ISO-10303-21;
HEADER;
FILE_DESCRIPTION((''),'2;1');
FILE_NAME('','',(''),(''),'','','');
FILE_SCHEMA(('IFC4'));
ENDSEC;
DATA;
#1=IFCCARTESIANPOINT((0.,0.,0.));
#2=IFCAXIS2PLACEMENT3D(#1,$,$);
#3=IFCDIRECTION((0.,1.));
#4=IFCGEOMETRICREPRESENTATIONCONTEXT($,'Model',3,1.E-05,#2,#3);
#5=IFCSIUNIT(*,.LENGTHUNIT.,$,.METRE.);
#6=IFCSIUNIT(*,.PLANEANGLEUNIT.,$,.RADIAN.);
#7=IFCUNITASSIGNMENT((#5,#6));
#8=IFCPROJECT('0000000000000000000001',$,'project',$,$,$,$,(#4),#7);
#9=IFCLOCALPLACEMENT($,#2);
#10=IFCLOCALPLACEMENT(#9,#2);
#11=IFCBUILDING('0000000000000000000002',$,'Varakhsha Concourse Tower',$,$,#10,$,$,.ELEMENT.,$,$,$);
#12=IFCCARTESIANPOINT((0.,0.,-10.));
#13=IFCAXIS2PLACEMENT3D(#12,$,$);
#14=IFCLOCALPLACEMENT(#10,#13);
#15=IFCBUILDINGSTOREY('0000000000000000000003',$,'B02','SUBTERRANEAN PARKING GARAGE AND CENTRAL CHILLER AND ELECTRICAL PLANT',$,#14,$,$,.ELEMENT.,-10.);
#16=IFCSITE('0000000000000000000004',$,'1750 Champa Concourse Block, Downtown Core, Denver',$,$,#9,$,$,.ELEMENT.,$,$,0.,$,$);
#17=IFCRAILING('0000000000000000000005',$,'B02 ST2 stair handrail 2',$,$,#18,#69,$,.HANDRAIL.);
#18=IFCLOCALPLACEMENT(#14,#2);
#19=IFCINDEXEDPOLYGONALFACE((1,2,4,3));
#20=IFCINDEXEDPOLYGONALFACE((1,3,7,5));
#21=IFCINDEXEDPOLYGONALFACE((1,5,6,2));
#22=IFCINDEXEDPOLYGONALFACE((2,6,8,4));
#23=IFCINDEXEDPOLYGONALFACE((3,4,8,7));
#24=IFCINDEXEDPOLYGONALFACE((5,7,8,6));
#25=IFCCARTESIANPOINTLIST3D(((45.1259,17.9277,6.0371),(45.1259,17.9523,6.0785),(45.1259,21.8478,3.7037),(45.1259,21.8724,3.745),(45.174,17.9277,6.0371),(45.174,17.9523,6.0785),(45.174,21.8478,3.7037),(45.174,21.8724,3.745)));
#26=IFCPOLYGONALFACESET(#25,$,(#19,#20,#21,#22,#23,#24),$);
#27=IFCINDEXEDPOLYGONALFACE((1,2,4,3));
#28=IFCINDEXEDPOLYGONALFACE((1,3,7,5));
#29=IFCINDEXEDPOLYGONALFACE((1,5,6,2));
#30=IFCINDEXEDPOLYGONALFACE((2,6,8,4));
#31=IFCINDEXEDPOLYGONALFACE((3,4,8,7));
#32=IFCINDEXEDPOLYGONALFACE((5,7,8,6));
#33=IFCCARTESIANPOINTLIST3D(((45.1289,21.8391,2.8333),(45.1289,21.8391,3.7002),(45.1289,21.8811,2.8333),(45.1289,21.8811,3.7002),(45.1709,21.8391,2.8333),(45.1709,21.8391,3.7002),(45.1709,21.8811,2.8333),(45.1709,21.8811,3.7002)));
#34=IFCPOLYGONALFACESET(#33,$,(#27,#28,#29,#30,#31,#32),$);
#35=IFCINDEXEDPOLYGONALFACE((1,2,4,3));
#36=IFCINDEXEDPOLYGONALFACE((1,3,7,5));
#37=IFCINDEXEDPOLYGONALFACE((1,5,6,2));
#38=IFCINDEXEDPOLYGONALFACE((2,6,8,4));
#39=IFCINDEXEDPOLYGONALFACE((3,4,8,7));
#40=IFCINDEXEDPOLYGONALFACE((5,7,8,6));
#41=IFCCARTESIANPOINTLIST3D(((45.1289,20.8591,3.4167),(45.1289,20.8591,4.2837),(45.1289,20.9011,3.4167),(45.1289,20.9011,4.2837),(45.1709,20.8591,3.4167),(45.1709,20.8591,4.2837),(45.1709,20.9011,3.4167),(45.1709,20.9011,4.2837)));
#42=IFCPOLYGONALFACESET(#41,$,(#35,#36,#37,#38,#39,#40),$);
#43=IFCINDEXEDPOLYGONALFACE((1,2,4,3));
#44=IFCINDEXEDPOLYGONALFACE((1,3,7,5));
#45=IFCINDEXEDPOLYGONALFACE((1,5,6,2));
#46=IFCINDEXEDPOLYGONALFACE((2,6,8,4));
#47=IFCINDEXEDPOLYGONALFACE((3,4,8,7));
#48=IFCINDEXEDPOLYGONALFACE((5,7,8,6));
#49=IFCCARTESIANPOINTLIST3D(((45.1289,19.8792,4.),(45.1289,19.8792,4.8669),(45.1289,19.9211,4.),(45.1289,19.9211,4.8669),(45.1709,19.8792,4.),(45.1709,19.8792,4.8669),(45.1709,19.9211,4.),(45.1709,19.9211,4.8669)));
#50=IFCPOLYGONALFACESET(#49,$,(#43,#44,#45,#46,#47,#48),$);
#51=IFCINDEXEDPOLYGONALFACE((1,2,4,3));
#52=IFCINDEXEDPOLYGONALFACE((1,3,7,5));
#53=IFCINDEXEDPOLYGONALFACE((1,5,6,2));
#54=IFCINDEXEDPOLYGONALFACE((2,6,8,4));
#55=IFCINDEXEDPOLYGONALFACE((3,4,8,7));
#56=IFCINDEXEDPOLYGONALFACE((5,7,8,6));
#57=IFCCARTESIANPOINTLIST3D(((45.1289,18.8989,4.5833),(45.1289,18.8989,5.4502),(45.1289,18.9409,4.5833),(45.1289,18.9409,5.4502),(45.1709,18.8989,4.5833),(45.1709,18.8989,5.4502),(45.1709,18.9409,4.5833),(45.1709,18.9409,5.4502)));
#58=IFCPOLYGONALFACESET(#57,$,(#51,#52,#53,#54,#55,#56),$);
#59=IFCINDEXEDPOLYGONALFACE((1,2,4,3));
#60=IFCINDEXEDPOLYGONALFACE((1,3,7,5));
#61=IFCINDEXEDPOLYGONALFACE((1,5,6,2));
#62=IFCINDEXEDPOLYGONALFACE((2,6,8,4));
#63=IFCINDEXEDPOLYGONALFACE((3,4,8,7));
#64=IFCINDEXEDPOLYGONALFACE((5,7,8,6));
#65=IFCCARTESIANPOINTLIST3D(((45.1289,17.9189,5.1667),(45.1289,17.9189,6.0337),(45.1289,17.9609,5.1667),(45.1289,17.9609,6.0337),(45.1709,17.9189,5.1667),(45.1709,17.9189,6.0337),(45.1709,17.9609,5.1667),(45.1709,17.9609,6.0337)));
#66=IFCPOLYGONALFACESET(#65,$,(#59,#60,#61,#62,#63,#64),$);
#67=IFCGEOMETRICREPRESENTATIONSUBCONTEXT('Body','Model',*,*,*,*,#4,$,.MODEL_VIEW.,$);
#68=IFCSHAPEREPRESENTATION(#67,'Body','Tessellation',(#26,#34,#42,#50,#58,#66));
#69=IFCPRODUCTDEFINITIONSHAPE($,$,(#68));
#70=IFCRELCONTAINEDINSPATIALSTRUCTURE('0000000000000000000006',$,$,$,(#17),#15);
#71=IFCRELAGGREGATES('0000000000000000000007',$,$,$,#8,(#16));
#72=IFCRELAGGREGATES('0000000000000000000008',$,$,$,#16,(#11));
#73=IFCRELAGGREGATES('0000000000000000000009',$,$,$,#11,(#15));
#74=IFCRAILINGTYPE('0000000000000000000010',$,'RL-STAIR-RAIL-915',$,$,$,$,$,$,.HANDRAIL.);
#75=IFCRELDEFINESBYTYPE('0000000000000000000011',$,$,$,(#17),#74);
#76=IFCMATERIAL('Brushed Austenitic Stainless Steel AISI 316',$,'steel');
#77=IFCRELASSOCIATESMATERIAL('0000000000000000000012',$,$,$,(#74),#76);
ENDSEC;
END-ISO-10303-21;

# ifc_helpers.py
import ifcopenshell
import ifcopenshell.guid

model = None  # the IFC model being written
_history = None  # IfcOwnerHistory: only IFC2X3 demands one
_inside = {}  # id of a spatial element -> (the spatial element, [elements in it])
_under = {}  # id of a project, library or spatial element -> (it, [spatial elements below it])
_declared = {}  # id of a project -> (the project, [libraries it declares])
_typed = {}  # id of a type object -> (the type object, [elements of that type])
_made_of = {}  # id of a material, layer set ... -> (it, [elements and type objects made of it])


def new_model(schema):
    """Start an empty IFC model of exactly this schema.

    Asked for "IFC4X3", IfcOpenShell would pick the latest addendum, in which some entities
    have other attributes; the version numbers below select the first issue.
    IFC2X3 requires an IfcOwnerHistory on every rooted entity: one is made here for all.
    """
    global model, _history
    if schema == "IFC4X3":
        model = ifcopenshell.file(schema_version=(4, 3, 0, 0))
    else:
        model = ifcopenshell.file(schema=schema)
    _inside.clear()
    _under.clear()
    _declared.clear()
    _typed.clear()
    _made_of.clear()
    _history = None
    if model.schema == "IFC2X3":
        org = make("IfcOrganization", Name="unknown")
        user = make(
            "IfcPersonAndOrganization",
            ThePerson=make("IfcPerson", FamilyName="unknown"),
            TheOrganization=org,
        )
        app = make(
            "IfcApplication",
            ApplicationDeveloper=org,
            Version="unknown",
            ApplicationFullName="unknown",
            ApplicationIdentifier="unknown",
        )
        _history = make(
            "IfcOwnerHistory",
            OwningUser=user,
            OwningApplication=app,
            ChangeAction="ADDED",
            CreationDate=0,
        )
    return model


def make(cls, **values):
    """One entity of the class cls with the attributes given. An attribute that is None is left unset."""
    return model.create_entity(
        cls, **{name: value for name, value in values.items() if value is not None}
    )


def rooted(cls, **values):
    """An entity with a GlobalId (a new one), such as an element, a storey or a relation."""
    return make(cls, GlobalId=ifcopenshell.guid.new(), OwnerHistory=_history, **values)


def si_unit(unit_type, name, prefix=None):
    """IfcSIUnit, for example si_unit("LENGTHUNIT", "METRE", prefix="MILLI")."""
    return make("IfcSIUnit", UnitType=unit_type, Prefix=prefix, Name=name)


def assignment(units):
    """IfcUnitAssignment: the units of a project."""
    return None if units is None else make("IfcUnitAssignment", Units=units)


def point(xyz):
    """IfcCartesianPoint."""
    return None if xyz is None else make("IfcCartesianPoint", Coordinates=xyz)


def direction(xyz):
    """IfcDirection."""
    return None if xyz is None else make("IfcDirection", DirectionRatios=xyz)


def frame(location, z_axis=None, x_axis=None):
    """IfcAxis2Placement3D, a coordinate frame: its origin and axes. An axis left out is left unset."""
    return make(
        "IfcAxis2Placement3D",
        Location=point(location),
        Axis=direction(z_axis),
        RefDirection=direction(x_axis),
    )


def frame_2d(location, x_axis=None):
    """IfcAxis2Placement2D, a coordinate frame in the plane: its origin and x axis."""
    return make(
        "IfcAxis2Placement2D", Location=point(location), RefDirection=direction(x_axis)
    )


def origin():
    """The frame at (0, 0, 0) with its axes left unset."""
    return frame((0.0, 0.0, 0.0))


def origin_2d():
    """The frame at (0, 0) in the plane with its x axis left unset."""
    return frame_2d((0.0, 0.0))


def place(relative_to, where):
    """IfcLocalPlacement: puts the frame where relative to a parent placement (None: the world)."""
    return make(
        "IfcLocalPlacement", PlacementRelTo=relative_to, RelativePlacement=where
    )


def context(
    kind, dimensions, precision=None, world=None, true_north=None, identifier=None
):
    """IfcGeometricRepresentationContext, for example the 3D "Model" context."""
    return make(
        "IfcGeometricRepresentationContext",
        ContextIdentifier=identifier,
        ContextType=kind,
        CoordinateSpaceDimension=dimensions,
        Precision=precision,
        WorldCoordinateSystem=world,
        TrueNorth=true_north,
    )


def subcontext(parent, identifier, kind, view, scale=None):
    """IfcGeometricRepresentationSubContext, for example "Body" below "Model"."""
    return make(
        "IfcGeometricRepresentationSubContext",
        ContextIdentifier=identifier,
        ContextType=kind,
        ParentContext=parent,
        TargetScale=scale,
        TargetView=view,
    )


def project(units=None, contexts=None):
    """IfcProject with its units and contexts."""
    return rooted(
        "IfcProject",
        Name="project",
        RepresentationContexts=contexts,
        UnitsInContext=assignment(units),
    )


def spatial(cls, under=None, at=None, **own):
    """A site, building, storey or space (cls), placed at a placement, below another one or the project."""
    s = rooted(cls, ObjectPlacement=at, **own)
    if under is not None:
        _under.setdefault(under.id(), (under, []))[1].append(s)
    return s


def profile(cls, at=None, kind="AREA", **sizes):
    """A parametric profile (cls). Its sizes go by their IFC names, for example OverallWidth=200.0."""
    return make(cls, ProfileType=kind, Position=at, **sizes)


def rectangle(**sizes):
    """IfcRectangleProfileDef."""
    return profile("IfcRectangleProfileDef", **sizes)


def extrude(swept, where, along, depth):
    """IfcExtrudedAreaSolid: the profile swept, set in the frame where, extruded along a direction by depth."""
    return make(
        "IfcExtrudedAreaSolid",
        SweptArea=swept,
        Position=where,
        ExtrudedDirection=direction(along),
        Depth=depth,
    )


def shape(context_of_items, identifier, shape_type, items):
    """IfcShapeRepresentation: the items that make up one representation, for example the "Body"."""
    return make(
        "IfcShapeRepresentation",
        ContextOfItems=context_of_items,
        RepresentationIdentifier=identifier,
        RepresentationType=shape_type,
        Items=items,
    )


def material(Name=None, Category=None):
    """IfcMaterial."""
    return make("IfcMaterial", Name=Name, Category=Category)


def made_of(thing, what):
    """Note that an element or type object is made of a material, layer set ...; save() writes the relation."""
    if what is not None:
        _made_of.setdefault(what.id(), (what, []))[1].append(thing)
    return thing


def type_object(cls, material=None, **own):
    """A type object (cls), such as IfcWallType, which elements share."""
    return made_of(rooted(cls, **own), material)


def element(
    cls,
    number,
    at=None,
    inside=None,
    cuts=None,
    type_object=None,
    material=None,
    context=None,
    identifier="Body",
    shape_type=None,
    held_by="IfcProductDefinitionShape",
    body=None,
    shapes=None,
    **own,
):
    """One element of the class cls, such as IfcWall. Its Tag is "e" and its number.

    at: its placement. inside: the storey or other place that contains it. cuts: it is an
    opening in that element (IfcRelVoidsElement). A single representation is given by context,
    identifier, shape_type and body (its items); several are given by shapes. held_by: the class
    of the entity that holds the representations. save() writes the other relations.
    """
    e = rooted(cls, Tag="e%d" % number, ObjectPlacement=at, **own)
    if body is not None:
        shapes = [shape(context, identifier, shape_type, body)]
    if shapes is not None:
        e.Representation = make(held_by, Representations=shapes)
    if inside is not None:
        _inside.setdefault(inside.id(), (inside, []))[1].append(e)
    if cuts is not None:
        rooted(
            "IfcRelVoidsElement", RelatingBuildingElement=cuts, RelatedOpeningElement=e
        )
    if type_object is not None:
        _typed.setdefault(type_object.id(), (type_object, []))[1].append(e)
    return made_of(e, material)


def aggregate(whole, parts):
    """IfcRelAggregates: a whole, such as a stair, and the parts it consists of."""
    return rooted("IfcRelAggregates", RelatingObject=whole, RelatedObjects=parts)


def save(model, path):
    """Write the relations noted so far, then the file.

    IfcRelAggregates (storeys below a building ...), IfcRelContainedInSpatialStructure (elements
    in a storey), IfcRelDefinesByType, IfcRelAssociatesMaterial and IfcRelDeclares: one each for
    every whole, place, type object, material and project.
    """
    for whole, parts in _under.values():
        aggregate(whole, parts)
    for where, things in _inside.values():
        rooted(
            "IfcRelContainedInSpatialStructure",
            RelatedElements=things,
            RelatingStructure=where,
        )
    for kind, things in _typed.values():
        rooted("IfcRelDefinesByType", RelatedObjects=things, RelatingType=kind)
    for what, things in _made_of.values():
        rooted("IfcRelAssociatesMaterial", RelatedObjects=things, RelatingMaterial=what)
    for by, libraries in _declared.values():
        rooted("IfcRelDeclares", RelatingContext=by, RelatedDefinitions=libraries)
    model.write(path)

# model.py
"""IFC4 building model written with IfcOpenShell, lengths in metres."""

from ifc_helpers import new_model, si_unit, direction, frame, origin, origin_2d, place, context, subcontext, project, spatial, rectangle, extrude, material, type_object, element, save


model = new_model("IFC4")

# Units and contexts
model_context = context("Model", 3, precision=1e-05, world=origin(), true_north=direction((0.0, 1.0)))
body_context = subcontext(model_context, "Body", "Model", "MODEL_VIEW")
ifc_project = project(units=[si_unit("LENGTHUNIT", "METRE"), si_unit("PLANEANGLEUNIT", "RADIAN")], contexts=[model_context])

# Site, building, storey
site_placement = place(None, origin())
site = spatial("IfcSite", under=ifc_project, at=site_placement, Name="1750 Champa Concourse Block, Downtown Core, Denver", CompositionType="ELEMENT", RefElevation=0.0)
building_placement = place(site_placement, origin())
building = spatial("IfcBuilding", under=site, at=building_placement, Name="Varakhsha Concourse Tower", CompositionType="ELEMENT")
storey_placement = place(building_placement, frame((0.0, 0.0, -10.0)))
storey = spatial("IfcBuildingStorey", under=building, at=storey_placement, Name="B02", Description="SUBTERRANEAN PARKING GARAGE AND CENTRAL CHILLER AND ELECTRICAL PLANT", CompositionType="ELEMENT", Elevation=-10.0)

# Railing
ifc_material_1 = material(Name="Brushed Austenitic Stainless Steel AISI 316", Category="steel")
railing_type_1 = type_object("IfcRailingType", Name="RL-STAIR-RAIL-915", PredefinedType="HANDRAIL", material=ifc_material_1)
railing_1_placement = place(storey_placement, frame((45.1499, 21.8601, 2.8333)))
element("IfcRailing", 1, at=railing_1_placement, inside=storey, type_object=railing_type_1, Name="B02 ST2 stair handrail 2", PredefinedType="HANDRAIL", context=body_context, shape_type="SweptSolid", body=[
    extrude(rectangle(XDim=0.0481, YDim=0.0481, at=origin_2d()), frame((0.0, 0.0, 0.8911), z_axis=(0.0, -0.859287, 0.511494), x_axis=(1.0, 0.0, 0.0)), (0.0, 0.0, 1.0), 4.562),
    extrude(rectangle(XDim=0.042, YDim=0.042, at=origin_2d()), origin(), (0.0, 0.0, 1.0), 0.8669),
    extrude(rectangle(XDim=0.042, YDim=0.042, at=origin_2d()), frame((0.0, -0.98, 0.5835)), (0.0, 0.0, 1.0), 0.8669),
    extrude(rectangle(XDim=0.042, YDim=0.042, at=origin_2d()), frame((0.0, -1.96, 1.1667)), (0.0, 0.0, 1.0), 0.8669),
    extrude(rectangle(XDim=0.042, YDim=0.042, at=origin_2d()), frame((0.0, -2.9402, 1.75)), (0.0, 0.0, 1.0), 0.8669),
    extrude(rectangle(XDim=0.042, YDim=0.042, at=origin_2d()), frame((0.0, -3.9202, 2.3335)), (0.0, 0.0, 1.0), 0.8669),
])

save(model, "model.ifc")
